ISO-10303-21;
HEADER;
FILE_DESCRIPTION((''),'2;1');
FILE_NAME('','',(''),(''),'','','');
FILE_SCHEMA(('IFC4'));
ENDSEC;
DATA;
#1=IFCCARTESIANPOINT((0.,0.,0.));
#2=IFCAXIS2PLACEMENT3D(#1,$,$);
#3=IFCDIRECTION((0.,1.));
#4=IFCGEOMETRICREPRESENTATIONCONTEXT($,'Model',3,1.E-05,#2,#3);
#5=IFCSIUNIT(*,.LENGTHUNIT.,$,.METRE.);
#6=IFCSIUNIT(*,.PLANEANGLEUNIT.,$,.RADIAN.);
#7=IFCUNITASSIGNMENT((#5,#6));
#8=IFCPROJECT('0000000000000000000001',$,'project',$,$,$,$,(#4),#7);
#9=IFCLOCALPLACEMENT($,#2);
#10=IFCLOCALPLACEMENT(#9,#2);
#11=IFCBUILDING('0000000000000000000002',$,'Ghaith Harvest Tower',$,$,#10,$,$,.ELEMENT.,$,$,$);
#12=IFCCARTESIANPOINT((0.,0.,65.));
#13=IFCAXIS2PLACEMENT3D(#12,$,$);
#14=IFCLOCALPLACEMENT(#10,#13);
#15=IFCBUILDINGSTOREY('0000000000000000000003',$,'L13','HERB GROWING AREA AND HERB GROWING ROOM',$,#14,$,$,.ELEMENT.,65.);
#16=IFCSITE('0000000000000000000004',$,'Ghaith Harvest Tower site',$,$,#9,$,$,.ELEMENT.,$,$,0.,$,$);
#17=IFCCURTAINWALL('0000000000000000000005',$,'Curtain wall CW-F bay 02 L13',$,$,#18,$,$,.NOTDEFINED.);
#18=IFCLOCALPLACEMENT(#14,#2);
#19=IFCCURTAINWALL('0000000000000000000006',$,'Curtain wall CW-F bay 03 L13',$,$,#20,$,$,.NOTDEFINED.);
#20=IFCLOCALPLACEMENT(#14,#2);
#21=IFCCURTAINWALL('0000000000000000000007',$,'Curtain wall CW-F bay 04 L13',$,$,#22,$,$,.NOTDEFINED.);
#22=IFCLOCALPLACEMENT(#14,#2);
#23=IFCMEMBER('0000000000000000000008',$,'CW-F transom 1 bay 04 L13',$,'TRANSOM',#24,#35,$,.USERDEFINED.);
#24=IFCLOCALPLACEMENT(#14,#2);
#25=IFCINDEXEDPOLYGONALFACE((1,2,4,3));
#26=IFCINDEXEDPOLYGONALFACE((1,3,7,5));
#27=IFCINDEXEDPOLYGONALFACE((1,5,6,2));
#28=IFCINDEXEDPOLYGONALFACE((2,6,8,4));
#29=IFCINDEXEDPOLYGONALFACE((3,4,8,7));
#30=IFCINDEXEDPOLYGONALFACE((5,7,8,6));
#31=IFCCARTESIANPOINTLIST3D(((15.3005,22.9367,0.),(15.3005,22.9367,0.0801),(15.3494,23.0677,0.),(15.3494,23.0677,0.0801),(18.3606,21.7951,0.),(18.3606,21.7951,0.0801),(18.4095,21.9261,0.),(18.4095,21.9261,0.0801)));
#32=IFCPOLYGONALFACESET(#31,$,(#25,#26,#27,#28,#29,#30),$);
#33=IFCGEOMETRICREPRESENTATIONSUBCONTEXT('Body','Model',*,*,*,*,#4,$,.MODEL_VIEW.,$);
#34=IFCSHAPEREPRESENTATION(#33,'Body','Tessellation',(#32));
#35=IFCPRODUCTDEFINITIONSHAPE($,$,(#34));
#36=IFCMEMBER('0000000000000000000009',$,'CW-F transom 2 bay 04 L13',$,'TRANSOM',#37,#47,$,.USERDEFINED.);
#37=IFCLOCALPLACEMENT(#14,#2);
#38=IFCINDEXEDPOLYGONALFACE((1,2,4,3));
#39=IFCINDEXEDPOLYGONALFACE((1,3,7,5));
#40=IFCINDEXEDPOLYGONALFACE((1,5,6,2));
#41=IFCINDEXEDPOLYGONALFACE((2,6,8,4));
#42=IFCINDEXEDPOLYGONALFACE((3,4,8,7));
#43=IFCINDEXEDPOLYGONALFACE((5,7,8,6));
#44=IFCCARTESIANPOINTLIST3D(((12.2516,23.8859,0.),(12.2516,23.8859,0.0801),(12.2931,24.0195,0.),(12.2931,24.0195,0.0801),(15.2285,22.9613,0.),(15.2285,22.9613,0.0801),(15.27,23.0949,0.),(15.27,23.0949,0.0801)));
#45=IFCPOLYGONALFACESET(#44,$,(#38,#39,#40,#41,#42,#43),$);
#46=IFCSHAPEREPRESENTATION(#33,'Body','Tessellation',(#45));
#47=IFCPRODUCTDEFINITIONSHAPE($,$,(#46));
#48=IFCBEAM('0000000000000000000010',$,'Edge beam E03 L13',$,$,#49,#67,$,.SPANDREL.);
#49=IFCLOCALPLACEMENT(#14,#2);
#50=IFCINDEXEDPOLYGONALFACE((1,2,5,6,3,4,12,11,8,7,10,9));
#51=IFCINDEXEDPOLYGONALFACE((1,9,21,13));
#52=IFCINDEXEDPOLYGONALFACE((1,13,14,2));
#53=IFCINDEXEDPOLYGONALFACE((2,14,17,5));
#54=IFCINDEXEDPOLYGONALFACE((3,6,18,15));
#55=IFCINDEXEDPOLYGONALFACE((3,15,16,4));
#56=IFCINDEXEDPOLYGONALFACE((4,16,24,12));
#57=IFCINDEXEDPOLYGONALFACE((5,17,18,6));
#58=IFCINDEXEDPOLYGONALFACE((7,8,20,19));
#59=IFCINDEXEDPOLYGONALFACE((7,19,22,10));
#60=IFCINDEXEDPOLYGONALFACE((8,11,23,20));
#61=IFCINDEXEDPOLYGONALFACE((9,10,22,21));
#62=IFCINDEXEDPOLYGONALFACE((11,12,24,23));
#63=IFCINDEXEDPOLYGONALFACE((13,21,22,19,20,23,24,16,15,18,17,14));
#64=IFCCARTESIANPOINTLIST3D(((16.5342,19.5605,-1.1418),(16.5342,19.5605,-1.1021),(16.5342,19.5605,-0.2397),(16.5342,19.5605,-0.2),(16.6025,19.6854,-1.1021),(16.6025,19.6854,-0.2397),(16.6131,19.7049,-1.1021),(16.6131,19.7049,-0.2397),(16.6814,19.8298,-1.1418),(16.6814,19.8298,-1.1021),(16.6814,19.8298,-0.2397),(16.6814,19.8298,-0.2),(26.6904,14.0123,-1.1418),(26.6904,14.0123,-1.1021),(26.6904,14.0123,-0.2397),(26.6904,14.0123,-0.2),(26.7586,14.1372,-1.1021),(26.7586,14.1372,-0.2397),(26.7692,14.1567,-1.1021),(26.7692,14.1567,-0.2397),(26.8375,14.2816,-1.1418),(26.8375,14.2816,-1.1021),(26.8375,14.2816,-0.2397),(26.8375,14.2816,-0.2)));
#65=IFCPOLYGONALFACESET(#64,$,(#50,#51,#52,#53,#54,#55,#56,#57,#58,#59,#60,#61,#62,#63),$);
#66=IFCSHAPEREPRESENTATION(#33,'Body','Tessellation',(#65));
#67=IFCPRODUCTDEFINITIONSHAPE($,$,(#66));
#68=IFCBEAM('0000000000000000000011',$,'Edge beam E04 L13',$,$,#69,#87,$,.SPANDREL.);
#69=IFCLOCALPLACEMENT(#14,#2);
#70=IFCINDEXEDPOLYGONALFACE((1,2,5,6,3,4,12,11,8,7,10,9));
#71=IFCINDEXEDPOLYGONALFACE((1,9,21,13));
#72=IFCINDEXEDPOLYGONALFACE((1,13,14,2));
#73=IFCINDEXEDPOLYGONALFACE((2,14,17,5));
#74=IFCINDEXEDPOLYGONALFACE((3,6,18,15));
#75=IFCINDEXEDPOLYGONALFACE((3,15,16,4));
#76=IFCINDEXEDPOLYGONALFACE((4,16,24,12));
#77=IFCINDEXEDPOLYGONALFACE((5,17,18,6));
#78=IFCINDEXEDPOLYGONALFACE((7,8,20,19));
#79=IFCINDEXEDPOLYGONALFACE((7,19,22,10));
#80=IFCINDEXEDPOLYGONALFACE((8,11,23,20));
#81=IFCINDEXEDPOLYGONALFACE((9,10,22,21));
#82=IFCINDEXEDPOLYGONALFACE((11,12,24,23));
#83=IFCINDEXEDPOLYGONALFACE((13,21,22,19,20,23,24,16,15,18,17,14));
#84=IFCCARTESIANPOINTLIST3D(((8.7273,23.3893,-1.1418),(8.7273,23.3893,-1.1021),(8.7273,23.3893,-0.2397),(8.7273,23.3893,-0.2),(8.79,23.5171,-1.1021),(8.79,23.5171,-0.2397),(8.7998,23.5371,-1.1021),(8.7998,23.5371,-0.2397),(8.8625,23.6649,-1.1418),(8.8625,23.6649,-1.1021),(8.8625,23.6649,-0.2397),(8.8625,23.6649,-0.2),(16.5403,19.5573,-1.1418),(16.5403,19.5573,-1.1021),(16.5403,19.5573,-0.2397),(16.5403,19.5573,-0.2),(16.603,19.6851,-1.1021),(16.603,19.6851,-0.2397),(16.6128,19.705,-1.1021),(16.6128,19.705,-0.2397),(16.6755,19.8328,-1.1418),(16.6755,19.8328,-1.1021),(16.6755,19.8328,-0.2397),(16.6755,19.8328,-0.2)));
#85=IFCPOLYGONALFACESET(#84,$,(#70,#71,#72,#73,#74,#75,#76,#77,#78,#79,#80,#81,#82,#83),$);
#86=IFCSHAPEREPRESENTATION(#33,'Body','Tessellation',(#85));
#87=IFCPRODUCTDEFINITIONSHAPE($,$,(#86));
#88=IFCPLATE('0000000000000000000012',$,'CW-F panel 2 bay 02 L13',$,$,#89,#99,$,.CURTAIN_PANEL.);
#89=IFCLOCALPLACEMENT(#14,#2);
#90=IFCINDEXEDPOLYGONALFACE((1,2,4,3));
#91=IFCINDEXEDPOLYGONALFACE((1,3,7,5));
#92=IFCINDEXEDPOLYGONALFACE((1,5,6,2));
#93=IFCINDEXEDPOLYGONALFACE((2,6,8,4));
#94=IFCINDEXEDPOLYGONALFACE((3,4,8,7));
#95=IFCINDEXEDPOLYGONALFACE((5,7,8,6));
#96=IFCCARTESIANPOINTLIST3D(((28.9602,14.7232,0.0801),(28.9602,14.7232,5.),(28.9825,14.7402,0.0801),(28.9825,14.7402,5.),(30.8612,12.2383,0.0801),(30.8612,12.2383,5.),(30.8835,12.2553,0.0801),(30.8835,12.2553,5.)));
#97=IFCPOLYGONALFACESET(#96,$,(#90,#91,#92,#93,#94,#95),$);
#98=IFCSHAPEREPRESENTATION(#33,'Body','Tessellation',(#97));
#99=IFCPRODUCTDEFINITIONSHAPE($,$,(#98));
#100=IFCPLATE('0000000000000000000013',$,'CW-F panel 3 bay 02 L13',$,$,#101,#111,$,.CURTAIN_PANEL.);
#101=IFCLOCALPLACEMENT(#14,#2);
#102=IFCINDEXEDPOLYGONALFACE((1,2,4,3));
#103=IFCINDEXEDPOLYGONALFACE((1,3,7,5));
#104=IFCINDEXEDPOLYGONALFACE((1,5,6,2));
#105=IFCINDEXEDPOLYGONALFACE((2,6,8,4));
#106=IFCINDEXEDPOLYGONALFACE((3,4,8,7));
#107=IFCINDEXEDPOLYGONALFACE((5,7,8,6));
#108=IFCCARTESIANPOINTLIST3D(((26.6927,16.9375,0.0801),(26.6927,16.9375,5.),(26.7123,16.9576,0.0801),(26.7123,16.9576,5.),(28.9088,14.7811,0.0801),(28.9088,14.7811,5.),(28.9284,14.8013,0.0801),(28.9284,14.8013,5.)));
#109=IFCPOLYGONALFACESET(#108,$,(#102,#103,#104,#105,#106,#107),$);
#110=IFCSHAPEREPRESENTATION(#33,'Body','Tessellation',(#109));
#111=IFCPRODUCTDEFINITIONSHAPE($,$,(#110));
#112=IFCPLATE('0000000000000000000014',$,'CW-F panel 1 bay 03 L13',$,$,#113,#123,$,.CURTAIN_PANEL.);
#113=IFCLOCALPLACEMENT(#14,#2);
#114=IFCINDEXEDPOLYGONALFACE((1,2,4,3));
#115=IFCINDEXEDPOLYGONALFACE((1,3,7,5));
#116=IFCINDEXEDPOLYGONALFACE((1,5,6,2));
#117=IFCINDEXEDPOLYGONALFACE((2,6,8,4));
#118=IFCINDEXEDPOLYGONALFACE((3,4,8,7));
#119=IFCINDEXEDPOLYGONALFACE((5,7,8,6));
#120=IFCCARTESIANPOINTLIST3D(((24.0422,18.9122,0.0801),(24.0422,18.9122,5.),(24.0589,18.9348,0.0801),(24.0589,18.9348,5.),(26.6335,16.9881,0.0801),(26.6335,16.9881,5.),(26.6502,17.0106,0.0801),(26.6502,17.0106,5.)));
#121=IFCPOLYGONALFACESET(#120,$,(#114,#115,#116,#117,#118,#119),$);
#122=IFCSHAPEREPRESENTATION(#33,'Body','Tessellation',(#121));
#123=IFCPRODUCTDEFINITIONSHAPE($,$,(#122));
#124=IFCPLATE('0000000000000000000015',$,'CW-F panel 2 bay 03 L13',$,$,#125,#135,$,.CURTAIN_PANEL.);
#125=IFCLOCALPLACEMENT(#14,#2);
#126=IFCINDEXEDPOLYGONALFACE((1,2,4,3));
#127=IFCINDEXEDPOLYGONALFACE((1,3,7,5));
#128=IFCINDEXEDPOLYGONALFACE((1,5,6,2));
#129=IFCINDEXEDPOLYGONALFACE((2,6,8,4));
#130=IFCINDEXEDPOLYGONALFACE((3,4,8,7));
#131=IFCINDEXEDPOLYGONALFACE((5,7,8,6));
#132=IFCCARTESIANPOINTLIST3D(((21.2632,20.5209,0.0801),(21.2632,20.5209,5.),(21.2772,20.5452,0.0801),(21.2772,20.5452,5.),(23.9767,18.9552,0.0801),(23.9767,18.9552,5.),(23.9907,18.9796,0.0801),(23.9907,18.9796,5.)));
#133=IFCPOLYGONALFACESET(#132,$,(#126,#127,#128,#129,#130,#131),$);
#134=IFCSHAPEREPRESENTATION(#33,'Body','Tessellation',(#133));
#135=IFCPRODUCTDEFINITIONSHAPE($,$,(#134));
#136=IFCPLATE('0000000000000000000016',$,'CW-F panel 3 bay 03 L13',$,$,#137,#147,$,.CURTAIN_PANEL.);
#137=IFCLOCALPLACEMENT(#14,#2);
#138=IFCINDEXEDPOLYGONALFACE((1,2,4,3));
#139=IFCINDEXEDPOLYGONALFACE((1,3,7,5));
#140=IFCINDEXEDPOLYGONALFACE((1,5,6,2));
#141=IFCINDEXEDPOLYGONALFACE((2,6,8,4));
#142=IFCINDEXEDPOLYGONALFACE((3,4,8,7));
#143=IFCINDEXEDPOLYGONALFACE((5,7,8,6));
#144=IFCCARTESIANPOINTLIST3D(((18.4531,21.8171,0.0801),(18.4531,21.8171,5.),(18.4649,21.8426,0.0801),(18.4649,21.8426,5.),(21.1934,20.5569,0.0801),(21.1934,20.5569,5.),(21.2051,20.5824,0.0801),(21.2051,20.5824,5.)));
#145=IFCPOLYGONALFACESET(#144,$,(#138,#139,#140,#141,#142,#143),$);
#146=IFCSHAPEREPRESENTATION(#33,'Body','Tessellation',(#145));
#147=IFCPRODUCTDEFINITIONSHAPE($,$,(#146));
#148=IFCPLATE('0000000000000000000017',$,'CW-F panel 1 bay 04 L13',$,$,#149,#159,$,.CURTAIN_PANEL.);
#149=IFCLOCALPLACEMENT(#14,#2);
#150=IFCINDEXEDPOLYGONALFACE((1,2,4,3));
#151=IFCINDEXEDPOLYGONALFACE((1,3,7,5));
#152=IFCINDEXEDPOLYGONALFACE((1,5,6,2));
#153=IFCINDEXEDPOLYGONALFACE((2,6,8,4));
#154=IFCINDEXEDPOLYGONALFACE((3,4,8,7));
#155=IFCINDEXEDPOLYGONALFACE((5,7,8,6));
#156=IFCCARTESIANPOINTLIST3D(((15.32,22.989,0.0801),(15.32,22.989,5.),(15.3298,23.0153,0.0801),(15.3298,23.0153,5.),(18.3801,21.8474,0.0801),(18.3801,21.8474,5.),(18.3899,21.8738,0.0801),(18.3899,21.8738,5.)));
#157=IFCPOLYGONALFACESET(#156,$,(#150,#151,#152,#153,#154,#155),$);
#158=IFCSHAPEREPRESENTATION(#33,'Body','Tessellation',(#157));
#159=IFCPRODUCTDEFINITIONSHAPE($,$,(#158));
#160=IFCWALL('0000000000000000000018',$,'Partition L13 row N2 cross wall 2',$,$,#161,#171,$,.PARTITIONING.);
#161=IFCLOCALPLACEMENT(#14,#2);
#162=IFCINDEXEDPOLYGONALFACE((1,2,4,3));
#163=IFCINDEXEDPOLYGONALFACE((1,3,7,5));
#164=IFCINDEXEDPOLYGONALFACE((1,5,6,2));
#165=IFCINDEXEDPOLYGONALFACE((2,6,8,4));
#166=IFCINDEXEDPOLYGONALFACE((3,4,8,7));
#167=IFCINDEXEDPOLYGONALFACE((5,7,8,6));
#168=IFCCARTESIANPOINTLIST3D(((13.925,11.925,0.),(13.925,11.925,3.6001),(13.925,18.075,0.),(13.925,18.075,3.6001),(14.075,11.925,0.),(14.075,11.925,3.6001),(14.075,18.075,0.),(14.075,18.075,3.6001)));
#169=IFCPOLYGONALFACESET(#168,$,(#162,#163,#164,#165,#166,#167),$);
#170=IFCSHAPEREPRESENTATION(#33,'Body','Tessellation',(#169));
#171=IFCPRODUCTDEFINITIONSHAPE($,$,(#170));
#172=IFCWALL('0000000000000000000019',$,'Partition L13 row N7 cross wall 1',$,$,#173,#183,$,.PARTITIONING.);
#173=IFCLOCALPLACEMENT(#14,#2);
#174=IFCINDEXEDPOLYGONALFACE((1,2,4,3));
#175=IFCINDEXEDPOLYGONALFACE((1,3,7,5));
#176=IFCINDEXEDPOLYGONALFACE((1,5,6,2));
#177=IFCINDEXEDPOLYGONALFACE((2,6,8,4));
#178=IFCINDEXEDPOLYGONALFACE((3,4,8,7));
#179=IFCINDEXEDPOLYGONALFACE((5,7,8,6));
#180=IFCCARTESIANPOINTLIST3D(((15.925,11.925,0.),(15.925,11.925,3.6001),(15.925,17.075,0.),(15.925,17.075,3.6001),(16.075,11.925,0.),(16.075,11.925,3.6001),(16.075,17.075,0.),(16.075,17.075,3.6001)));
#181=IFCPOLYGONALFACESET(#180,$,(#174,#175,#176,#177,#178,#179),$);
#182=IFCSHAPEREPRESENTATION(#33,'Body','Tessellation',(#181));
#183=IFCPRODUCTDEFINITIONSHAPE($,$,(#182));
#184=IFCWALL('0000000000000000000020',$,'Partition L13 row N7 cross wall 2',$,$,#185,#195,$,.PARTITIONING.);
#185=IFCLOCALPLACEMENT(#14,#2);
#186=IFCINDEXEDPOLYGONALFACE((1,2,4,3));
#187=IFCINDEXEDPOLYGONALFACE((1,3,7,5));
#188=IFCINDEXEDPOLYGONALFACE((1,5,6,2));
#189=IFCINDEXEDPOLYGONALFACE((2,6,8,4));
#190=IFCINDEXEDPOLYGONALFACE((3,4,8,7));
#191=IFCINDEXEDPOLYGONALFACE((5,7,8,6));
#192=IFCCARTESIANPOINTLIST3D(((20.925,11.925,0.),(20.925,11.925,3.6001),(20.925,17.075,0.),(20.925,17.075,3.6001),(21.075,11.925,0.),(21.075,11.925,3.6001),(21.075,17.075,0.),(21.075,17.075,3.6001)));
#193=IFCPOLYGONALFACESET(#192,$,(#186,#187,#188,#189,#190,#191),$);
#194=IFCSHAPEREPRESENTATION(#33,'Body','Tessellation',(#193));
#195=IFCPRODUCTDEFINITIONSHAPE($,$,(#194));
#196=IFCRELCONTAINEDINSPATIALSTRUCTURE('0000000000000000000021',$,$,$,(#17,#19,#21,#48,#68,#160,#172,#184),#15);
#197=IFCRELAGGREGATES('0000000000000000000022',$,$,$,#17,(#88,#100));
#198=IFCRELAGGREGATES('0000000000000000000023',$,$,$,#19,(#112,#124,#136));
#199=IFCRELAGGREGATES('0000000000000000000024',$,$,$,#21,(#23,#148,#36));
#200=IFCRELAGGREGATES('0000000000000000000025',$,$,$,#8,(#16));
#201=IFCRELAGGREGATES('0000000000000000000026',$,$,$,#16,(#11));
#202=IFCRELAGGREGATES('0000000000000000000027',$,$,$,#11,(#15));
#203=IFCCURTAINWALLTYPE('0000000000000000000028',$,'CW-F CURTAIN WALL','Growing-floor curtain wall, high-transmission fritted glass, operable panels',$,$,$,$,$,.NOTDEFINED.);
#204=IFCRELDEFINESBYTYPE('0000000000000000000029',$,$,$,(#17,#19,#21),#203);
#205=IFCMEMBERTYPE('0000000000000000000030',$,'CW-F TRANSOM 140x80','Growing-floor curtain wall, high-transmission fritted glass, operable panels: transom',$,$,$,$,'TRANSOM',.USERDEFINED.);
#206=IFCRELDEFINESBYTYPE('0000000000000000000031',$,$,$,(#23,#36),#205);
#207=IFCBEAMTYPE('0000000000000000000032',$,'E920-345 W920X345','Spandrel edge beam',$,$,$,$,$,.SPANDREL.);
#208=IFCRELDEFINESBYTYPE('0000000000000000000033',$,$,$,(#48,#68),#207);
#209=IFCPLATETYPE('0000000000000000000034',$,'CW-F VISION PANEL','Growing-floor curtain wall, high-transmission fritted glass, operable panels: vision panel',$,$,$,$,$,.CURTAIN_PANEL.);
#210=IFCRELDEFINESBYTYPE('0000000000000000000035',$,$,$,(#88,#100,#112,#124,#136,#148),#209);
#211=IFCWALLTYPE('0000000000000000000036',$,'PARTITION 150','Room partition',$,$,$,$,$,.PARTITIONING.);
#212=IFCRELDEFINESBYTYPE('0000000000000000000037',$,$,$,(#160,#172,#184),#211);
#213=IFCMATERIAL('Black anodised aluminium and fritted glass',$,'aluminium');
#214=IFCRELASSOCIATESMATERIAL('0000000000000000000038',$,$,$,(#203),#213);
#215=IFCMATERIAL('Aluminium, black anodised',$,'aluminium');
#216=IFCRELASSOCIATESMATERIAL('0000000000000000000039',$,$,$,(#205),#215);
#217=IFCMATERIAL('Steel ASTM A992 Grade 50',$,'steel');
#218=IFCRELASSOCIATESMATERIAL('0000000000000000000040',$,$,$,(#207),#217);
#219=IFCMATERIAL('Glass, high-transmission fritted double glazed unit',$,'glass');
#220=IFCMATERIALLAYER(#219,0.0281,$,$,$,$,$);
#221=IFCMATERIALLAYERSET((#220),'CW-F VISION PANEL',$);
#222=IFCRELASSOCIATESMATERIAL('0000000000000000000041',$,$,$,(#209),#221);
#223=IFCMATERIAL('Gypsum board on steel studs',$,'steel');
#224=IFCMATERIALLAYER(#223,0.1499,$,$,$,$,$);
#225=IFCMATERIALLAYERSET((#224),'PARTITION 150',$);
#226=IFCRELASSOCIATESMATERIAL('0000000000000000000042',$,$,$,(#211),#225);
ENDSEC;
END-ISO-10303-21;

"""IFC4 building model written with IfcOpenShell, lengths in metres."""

from ifc_helpers import new_model, si_unit, direction, frame, frame_2d, origin, origin_2d, place, context, subcontext, project, spatial, rectangle, i_section, extrude, material, layer, layer_set, material_profile, profile_set, type_object, element, aggregate, save


model = new_model("IFC4")

# Units and contexts
model_context = context("Model", 3, precision=1e-05, world=origin(), true_north=direction((0.0, 1.0)))
body_context = subcontext(model_context, "Body", "Model", "MODEL_VIEW")
ifc_project = project(units=[si_unit("LENGTHUNIT", "METRE"), si_unit("PLANEANGLEUNIT", "RADIAN")], contexts=[model_context])

# Site, building, storey
site_placement = place(None, origin())
site = spatial("IfcSite", under=ifc_project, at=site_placement, Name="Ghaith Harvest Tower site", CompositionType="ELEMENT", RefElevation=0.0)
building_placement = place(site_placement, origin())
building = spatial("IfcBuilding", under=site, at=building_placement, Name="Ghaith Harvest Tower", CompositionType="ELEMENT")
storey_placement = place(building_placement, frame((0.0, 0.0, 65.0)))
storey = spatial("IfcBuildingStorey", under=building, at=storey_placement, Name="L13", Description="HERB GROWING AREA AND HERB GROWING ROOM", CompositionType="ELEMENT", Elevation=65.0)

# Curtain walls
ifc_material_1 = material(Name="Black anodised aluminium and fritted glass", Category="aluminium")
curtain_wall_type = type_object("IfcCurtainWallType", Name="CW-F CURTAIN WALL", Description="Growing-floor curtain wall, high-transmission fritted glass, operable panels", PredefinedType="NOTDEFINED", material=ifc_material_1)
curtain_wall_1_placement = place(storey_placement, origin())
curtain_wall_1 = element("IfcCurtainWall", 1, at=curtain_wall_1_placement, inside=storey, type_object=curtain_wall_type, Name="Curtain wall CW-F bay 02 L13", PredefinedType="NOTDEFINED")
curtain_wall_2_placement = place(storey_placement, origin())
curtain_wall_2 = element("IfcCurtainWall", 2, at=curtain_wall_2_placement, inside=storey, type_object=curtain_wall_type, Name="Curtain wall CW-F bay 03 L13", PredefinedType="NOTDEFINED")
curtain_wall_3_placement = place(storey_placement, origin())
curtain_wall_3 = element("IfcCurtainWall", 3, at=curtain_wall_3_placement, inside=storey, type_object=curtain_wall_type, Name="Curtain wall CW-F bay 04 L13", PredefinedType="NOTDEFINED")

# Members
ifc_material_2 = material(Name="Aluminium, black anodised", Category="aluminium")
ifc_material_profile_1 = material_profile(ifc_material_2, rectangle(XDim=0.1399, YDim=0.0801, at=origin_2d()), Name="CW-F TRANSOM 140x80")
ifc_profile_set_1 = profile_set([ifc_material_profile_1], Name="Aluminium, black anodised")
member_type_1 = type_object("IfcMemberType", Name="CW-F TRANSOM 140x80", Description="Growing-floor curtain wall, high-transmission fritted glass, operable panels: transom", ElementType="TRANSOM", PredefinedType="USERDEFINED", material=ifc_profile_set_1)
member_1_placement = place(storey_placement, frame((18.385, 21.8606, 0.04), z_axis=(-0.936924, 0.349534, 0.0), x_axis=(-0.349534, -0.936924, 0.0)))
member_1 = element("IfcMember", 4, at=member_1_placement, type_object=member_type_1, Name="CW-F transom 1 bay 04 L13", ObjectType="TRANSOM", PredefinedType="USERDEFINED", context=body_context, shape_type="SweptSolid", body=[
    extrude(rectangle(XDim=0.1399, YDim=0.0801, at=origin_2d()), origin(), (0.0, 0.0, 1.0), 3.2661),
])
member_2_placement = place(storey_placement, frame((15.2493, 23.0281, 0.04), z_axis=(-0.954998, 0.296611, 0.0), x_axis=(-0.296611, -0.954998, 0.0)))
member_2 = element("IfcMember", 5, at=member_2_placement, type_object=member_type_1, Name="CW-F transom 2 bay 04 L13", ObjectType="TRANSOM", PredefinedType="USERDEFINED", context=body_context, shape_type="SweptSolid", body=[
    extrude(rectangle(XDim=0.1399, YDim=0.0801, at=origin_2d()), origin(), (0.0, 0.0, 1.0), 3.1172),
])

# Beams
ifc_material_3 = material(Name="Steel ASTM A992 Grade 50", Category="steel")
ifc_material_profile_2 = material_profile(ifc_material_3, i_section(OverallWidth=0.3069, OverallDepth=0.9419, WebThickness=0.0222, FlangeThickness=0.0398, at=origin_2d()), Name="W920X345")
ifc_profile_set_2 = profile_set([ifc_material_profile_2], Name="Steel ASTM A992 Grade 50")
beam_type = type_object("IfcBeamType", Name="E920-345 W920X345", Description="Spandrel edge beam", PredefinedType="SPANDREL", material=ifc_profile_set_2)
beam_1_placement = place(storey_placement, frame((26.7639, 14.147, -0.6709), z_axis=(-0.877588, 0.479415, 0.0), x_axis=(-0.479415, -0.877588, 0.0)))
element("IfcBeam", 6, at=beam_1_placement, inside=storey, type_object=beam_type, Name="Edge beam E03 L13", PredefinedType="SPANDREL", context=body_context, shape_type="SweptSolid", body=[
    extrude(i_section(OverallWidth=0.3069, OverallDepth=0.9419, WebThickness=0.0222, FlangeThickness=0.0398, at=origin_2d()), origin(), (0.0, 0.0, 1.0), 11.5728),
])
beam_2_placement = place(storey_placement, frame((16.6079, 19.6951, -0.6709), z_axis=(-0.897824, 0.440355, 0.0), x_axis=(-0.440355, -0.897824, 0.0)))
element("IfcBeam", 7, at=beam_2_placement, inside=storey, type_object=beam_type, Name="Edge beam E04 L13", PredefinedType="SPANDREL", context=body_context, shape_type="SweptSolid", body=[
    extrude(i_section(OverallWidth=0.3069, OverallDepth=0.9419, WebThickness=0.0222, FlangeThickness=0.0398, at=origin_2d()), origin(), (0.0, 0.0, 1.0), 8.7021),
])

# Plates
ifc_material_4 = material(Name="Glass, high-transmission fritted double glazed unit", Category="glass")
ifc_layer_1 = layer(ifc_material_4, 0.0281)
ifc_layer_set_1 = layer_set([ifc_layer_1], Name="CW-F VISION PANEL")
plate_type = type_object("IfcPlateType", Name="CW-F VISION PANEL", Description="Growing-floor curtain wall, high-transmission fritted glass, operable panels: vision panel", PredefinedType="CURTAIN_PANEL", material=ifc_layer_set_1)
plate_1_placement = place(storey_placement, frame((29.9219, 13.4893, 0.0801), z_axis=(0.0, 0.0, 1.0), x_axis=(-0.607612, 0.794234, 0.0)))
plate_1 = element("IfcPlate", 8, at=plate_1_placement, type_object=plate_type, Name="CW-F panel 2 bay 02 L13", PredefinedType="CURTAIN_PANEL", context=body_context, shape_type="SweptSolid", body=[
    extrude(rectangle(XDim=3.1287, YDim=0.0281, at=origin_2d()), origin(), (0.0, 0.0, 1.0), 4.9199),
])
plate_2_placement = place(storey_placement, frame((27.8105, 15.8694, 0.0801), z_axis=(0.0, 0.0, 1.0), x_axis=(-0.716691, 0.697391, 0.0)))
plate_2 = element("IfcPlate", 9, at=plate_2_placement, type_object=plate_type, Name="CW-F panel 3 bay 02 L13", PredefinedType="CURTAIN_PANEL", context=body_context, shape_type="SweptSolid", body=[
    extrude(rectangle(XDim=3.092, YDim=0.0281, at=origin_2d()), origin(), (0.0, 0.0, 1.0), 4.9199),
])
aggregate(curtain_wall_1, [plate_1, plate_2])
plate_3_placement = place(storey_placement, frame((25.3462, 17.9614, 0.0801), z_axis=(0.0, 0.0, 1.0), x_axis=(-0.802867, 0.596158, 0.0)))
plate_3 = element("IfcPlate", 10, at=plate_3_placement, type_object=plate_type, Name="CW-F panel 1 bay 03 L13", PredefinedType="CURTAIN_PANEL", context=body_context, shape_type="SweptSolid", body=[
    extrude(rectangle(XDim=3.2275, YDim=0.0281, at=origin_2d()), origin(), (0.0, 0.0, 1.0), 4.9199),
])
plate_4_placement = place(storey_placement, frame((22.627, 19.7502, 0.0801), z_axis=(0.0, 0.0, 1.0), x_axis=(-0.866159, 0.499768, 0.0)))
plate_4 = element("IfcPlate", 11, at=plate_4_placement, type_object=plate_type, Name="CW-F panel 2 bay 03 L13", PredefinedType="CURTAIN_PANEL", context=body_context, shape_type="SweptSolid", body=[
    extrude(rectangle(XDim=3.1328, YDim=0.0281, at=origin_2d()), origin(), (0.0, 0.0, 1.0), 4.9199),
])
plate_5_placement = place(storey_placement, frame((19.8291, 21.1997, 0.0801), z_axis=(0.0, 0.0, 1.0), x_axis=(-0.90853, 0.417821, 0.0)))
plate_5 = element("IfcPlate", 12, at=plate_5_placement, type_object=plate_type, Name="CW-F panel 3 bay 03 L13", PredefinedType="CURTAIN_PANEL", context=body_context, shape_type="SweptSolid", body=[
    extrude(rectangle(XDim=3.0161, YDim=0.0281, at=origin_2d()), origin(), (0.0, 0.0, 1.0), 4.9199),
])
aggregate(curtain_wall_2, [plate_3, plate_4, plate_5])
plate_6_placement = place(storey_placement, frame((16.855, 22.4314, 0.0801), z_axis=(0.0, 0.0, 1.0), x_axis=(-0.936926, 0.349526, 0.0)))
plate_6 = element("IfcPlate", 13, at=plate_6_placement, type_object=plate_type, Name="CW-F panel 1 bay 04 L13", PredefinedType="CURTAIN_PANEL", context=body_context, shape_type="SweptSolid", body=[
    extrude(rectangle(XDim=3.2661, YDim=0.0281, at=origin_2d()), origin(), (0.0, 0.0, 1.0), 4.9199),
])
aggregate(curtain_wall_3, [member_1, plate_6, member_2])

# Walls
ifc_material_5 = material(Name="Gypsum board on steel studs", Category="steel")
ifc_layer_2 = layer(ifc_material_5, 0.1499)
ifc_layer_set_2 = layer_set([ifc_layer_2], Name="PARTITION 150")
wall_type = type_object("IfcWallType", Name="PARTITION 150", Description="Room partition", PredefinedType="PARTITIONING", material=ifc_layer_set_2)
wall_1_placement = place(storey_placement, frame((14.0, 11.925, 0.0), z_axis=(0.0, 0.0, 1.0), x_axis=(0.0, 1.0, 0.0)))
element("IfcWall", 14, at=wall_1_placement, inside=storey, type_object=wall_type, Name="Partition L13 row N2 cross wall 2", PredefinedType="PARTITIONING", context=body_context, shape_type="SweptSolid", body=[
    extrude(rectangle(XDim=6.1499, YDim=0.1499, at=frame_2d((3.075, 0.0))), origin(), (0.0, 0.0, 1.0), 3.6001),
])
for number, where, z_axis, x_axis, name in (
    (15, (16.0, 11.925, 0.0), (0.0, 0.0, 1.0), (0.0, 1.0, 0.0), "Partition L13 row N7 cross wall 1"),
    (16, (21.0, 11.925, 0.0), (0.0, 0.0, 1.0), (0.0, 1.0, 0.0), "Partition L13 row N7 cross wall 2"),
):
    element("IfcWall", number, at=place(storey_placement, frame(where, z_axis=z_axis, x_axis=x_axis)), inside=storey, type_object=wall_type, Name=name, PredefinedType="PARTITIONING", context=body_context, shape_type="SweptSolid", body=[
        extrude(rectangle(XDim=5.1499, YDim=0.1499, at=frame_2d((2.575, 0.0))), origin(), (0.0, 0.0, 1.0), 3.6001),
    ])

save(model, "model.ifc")
